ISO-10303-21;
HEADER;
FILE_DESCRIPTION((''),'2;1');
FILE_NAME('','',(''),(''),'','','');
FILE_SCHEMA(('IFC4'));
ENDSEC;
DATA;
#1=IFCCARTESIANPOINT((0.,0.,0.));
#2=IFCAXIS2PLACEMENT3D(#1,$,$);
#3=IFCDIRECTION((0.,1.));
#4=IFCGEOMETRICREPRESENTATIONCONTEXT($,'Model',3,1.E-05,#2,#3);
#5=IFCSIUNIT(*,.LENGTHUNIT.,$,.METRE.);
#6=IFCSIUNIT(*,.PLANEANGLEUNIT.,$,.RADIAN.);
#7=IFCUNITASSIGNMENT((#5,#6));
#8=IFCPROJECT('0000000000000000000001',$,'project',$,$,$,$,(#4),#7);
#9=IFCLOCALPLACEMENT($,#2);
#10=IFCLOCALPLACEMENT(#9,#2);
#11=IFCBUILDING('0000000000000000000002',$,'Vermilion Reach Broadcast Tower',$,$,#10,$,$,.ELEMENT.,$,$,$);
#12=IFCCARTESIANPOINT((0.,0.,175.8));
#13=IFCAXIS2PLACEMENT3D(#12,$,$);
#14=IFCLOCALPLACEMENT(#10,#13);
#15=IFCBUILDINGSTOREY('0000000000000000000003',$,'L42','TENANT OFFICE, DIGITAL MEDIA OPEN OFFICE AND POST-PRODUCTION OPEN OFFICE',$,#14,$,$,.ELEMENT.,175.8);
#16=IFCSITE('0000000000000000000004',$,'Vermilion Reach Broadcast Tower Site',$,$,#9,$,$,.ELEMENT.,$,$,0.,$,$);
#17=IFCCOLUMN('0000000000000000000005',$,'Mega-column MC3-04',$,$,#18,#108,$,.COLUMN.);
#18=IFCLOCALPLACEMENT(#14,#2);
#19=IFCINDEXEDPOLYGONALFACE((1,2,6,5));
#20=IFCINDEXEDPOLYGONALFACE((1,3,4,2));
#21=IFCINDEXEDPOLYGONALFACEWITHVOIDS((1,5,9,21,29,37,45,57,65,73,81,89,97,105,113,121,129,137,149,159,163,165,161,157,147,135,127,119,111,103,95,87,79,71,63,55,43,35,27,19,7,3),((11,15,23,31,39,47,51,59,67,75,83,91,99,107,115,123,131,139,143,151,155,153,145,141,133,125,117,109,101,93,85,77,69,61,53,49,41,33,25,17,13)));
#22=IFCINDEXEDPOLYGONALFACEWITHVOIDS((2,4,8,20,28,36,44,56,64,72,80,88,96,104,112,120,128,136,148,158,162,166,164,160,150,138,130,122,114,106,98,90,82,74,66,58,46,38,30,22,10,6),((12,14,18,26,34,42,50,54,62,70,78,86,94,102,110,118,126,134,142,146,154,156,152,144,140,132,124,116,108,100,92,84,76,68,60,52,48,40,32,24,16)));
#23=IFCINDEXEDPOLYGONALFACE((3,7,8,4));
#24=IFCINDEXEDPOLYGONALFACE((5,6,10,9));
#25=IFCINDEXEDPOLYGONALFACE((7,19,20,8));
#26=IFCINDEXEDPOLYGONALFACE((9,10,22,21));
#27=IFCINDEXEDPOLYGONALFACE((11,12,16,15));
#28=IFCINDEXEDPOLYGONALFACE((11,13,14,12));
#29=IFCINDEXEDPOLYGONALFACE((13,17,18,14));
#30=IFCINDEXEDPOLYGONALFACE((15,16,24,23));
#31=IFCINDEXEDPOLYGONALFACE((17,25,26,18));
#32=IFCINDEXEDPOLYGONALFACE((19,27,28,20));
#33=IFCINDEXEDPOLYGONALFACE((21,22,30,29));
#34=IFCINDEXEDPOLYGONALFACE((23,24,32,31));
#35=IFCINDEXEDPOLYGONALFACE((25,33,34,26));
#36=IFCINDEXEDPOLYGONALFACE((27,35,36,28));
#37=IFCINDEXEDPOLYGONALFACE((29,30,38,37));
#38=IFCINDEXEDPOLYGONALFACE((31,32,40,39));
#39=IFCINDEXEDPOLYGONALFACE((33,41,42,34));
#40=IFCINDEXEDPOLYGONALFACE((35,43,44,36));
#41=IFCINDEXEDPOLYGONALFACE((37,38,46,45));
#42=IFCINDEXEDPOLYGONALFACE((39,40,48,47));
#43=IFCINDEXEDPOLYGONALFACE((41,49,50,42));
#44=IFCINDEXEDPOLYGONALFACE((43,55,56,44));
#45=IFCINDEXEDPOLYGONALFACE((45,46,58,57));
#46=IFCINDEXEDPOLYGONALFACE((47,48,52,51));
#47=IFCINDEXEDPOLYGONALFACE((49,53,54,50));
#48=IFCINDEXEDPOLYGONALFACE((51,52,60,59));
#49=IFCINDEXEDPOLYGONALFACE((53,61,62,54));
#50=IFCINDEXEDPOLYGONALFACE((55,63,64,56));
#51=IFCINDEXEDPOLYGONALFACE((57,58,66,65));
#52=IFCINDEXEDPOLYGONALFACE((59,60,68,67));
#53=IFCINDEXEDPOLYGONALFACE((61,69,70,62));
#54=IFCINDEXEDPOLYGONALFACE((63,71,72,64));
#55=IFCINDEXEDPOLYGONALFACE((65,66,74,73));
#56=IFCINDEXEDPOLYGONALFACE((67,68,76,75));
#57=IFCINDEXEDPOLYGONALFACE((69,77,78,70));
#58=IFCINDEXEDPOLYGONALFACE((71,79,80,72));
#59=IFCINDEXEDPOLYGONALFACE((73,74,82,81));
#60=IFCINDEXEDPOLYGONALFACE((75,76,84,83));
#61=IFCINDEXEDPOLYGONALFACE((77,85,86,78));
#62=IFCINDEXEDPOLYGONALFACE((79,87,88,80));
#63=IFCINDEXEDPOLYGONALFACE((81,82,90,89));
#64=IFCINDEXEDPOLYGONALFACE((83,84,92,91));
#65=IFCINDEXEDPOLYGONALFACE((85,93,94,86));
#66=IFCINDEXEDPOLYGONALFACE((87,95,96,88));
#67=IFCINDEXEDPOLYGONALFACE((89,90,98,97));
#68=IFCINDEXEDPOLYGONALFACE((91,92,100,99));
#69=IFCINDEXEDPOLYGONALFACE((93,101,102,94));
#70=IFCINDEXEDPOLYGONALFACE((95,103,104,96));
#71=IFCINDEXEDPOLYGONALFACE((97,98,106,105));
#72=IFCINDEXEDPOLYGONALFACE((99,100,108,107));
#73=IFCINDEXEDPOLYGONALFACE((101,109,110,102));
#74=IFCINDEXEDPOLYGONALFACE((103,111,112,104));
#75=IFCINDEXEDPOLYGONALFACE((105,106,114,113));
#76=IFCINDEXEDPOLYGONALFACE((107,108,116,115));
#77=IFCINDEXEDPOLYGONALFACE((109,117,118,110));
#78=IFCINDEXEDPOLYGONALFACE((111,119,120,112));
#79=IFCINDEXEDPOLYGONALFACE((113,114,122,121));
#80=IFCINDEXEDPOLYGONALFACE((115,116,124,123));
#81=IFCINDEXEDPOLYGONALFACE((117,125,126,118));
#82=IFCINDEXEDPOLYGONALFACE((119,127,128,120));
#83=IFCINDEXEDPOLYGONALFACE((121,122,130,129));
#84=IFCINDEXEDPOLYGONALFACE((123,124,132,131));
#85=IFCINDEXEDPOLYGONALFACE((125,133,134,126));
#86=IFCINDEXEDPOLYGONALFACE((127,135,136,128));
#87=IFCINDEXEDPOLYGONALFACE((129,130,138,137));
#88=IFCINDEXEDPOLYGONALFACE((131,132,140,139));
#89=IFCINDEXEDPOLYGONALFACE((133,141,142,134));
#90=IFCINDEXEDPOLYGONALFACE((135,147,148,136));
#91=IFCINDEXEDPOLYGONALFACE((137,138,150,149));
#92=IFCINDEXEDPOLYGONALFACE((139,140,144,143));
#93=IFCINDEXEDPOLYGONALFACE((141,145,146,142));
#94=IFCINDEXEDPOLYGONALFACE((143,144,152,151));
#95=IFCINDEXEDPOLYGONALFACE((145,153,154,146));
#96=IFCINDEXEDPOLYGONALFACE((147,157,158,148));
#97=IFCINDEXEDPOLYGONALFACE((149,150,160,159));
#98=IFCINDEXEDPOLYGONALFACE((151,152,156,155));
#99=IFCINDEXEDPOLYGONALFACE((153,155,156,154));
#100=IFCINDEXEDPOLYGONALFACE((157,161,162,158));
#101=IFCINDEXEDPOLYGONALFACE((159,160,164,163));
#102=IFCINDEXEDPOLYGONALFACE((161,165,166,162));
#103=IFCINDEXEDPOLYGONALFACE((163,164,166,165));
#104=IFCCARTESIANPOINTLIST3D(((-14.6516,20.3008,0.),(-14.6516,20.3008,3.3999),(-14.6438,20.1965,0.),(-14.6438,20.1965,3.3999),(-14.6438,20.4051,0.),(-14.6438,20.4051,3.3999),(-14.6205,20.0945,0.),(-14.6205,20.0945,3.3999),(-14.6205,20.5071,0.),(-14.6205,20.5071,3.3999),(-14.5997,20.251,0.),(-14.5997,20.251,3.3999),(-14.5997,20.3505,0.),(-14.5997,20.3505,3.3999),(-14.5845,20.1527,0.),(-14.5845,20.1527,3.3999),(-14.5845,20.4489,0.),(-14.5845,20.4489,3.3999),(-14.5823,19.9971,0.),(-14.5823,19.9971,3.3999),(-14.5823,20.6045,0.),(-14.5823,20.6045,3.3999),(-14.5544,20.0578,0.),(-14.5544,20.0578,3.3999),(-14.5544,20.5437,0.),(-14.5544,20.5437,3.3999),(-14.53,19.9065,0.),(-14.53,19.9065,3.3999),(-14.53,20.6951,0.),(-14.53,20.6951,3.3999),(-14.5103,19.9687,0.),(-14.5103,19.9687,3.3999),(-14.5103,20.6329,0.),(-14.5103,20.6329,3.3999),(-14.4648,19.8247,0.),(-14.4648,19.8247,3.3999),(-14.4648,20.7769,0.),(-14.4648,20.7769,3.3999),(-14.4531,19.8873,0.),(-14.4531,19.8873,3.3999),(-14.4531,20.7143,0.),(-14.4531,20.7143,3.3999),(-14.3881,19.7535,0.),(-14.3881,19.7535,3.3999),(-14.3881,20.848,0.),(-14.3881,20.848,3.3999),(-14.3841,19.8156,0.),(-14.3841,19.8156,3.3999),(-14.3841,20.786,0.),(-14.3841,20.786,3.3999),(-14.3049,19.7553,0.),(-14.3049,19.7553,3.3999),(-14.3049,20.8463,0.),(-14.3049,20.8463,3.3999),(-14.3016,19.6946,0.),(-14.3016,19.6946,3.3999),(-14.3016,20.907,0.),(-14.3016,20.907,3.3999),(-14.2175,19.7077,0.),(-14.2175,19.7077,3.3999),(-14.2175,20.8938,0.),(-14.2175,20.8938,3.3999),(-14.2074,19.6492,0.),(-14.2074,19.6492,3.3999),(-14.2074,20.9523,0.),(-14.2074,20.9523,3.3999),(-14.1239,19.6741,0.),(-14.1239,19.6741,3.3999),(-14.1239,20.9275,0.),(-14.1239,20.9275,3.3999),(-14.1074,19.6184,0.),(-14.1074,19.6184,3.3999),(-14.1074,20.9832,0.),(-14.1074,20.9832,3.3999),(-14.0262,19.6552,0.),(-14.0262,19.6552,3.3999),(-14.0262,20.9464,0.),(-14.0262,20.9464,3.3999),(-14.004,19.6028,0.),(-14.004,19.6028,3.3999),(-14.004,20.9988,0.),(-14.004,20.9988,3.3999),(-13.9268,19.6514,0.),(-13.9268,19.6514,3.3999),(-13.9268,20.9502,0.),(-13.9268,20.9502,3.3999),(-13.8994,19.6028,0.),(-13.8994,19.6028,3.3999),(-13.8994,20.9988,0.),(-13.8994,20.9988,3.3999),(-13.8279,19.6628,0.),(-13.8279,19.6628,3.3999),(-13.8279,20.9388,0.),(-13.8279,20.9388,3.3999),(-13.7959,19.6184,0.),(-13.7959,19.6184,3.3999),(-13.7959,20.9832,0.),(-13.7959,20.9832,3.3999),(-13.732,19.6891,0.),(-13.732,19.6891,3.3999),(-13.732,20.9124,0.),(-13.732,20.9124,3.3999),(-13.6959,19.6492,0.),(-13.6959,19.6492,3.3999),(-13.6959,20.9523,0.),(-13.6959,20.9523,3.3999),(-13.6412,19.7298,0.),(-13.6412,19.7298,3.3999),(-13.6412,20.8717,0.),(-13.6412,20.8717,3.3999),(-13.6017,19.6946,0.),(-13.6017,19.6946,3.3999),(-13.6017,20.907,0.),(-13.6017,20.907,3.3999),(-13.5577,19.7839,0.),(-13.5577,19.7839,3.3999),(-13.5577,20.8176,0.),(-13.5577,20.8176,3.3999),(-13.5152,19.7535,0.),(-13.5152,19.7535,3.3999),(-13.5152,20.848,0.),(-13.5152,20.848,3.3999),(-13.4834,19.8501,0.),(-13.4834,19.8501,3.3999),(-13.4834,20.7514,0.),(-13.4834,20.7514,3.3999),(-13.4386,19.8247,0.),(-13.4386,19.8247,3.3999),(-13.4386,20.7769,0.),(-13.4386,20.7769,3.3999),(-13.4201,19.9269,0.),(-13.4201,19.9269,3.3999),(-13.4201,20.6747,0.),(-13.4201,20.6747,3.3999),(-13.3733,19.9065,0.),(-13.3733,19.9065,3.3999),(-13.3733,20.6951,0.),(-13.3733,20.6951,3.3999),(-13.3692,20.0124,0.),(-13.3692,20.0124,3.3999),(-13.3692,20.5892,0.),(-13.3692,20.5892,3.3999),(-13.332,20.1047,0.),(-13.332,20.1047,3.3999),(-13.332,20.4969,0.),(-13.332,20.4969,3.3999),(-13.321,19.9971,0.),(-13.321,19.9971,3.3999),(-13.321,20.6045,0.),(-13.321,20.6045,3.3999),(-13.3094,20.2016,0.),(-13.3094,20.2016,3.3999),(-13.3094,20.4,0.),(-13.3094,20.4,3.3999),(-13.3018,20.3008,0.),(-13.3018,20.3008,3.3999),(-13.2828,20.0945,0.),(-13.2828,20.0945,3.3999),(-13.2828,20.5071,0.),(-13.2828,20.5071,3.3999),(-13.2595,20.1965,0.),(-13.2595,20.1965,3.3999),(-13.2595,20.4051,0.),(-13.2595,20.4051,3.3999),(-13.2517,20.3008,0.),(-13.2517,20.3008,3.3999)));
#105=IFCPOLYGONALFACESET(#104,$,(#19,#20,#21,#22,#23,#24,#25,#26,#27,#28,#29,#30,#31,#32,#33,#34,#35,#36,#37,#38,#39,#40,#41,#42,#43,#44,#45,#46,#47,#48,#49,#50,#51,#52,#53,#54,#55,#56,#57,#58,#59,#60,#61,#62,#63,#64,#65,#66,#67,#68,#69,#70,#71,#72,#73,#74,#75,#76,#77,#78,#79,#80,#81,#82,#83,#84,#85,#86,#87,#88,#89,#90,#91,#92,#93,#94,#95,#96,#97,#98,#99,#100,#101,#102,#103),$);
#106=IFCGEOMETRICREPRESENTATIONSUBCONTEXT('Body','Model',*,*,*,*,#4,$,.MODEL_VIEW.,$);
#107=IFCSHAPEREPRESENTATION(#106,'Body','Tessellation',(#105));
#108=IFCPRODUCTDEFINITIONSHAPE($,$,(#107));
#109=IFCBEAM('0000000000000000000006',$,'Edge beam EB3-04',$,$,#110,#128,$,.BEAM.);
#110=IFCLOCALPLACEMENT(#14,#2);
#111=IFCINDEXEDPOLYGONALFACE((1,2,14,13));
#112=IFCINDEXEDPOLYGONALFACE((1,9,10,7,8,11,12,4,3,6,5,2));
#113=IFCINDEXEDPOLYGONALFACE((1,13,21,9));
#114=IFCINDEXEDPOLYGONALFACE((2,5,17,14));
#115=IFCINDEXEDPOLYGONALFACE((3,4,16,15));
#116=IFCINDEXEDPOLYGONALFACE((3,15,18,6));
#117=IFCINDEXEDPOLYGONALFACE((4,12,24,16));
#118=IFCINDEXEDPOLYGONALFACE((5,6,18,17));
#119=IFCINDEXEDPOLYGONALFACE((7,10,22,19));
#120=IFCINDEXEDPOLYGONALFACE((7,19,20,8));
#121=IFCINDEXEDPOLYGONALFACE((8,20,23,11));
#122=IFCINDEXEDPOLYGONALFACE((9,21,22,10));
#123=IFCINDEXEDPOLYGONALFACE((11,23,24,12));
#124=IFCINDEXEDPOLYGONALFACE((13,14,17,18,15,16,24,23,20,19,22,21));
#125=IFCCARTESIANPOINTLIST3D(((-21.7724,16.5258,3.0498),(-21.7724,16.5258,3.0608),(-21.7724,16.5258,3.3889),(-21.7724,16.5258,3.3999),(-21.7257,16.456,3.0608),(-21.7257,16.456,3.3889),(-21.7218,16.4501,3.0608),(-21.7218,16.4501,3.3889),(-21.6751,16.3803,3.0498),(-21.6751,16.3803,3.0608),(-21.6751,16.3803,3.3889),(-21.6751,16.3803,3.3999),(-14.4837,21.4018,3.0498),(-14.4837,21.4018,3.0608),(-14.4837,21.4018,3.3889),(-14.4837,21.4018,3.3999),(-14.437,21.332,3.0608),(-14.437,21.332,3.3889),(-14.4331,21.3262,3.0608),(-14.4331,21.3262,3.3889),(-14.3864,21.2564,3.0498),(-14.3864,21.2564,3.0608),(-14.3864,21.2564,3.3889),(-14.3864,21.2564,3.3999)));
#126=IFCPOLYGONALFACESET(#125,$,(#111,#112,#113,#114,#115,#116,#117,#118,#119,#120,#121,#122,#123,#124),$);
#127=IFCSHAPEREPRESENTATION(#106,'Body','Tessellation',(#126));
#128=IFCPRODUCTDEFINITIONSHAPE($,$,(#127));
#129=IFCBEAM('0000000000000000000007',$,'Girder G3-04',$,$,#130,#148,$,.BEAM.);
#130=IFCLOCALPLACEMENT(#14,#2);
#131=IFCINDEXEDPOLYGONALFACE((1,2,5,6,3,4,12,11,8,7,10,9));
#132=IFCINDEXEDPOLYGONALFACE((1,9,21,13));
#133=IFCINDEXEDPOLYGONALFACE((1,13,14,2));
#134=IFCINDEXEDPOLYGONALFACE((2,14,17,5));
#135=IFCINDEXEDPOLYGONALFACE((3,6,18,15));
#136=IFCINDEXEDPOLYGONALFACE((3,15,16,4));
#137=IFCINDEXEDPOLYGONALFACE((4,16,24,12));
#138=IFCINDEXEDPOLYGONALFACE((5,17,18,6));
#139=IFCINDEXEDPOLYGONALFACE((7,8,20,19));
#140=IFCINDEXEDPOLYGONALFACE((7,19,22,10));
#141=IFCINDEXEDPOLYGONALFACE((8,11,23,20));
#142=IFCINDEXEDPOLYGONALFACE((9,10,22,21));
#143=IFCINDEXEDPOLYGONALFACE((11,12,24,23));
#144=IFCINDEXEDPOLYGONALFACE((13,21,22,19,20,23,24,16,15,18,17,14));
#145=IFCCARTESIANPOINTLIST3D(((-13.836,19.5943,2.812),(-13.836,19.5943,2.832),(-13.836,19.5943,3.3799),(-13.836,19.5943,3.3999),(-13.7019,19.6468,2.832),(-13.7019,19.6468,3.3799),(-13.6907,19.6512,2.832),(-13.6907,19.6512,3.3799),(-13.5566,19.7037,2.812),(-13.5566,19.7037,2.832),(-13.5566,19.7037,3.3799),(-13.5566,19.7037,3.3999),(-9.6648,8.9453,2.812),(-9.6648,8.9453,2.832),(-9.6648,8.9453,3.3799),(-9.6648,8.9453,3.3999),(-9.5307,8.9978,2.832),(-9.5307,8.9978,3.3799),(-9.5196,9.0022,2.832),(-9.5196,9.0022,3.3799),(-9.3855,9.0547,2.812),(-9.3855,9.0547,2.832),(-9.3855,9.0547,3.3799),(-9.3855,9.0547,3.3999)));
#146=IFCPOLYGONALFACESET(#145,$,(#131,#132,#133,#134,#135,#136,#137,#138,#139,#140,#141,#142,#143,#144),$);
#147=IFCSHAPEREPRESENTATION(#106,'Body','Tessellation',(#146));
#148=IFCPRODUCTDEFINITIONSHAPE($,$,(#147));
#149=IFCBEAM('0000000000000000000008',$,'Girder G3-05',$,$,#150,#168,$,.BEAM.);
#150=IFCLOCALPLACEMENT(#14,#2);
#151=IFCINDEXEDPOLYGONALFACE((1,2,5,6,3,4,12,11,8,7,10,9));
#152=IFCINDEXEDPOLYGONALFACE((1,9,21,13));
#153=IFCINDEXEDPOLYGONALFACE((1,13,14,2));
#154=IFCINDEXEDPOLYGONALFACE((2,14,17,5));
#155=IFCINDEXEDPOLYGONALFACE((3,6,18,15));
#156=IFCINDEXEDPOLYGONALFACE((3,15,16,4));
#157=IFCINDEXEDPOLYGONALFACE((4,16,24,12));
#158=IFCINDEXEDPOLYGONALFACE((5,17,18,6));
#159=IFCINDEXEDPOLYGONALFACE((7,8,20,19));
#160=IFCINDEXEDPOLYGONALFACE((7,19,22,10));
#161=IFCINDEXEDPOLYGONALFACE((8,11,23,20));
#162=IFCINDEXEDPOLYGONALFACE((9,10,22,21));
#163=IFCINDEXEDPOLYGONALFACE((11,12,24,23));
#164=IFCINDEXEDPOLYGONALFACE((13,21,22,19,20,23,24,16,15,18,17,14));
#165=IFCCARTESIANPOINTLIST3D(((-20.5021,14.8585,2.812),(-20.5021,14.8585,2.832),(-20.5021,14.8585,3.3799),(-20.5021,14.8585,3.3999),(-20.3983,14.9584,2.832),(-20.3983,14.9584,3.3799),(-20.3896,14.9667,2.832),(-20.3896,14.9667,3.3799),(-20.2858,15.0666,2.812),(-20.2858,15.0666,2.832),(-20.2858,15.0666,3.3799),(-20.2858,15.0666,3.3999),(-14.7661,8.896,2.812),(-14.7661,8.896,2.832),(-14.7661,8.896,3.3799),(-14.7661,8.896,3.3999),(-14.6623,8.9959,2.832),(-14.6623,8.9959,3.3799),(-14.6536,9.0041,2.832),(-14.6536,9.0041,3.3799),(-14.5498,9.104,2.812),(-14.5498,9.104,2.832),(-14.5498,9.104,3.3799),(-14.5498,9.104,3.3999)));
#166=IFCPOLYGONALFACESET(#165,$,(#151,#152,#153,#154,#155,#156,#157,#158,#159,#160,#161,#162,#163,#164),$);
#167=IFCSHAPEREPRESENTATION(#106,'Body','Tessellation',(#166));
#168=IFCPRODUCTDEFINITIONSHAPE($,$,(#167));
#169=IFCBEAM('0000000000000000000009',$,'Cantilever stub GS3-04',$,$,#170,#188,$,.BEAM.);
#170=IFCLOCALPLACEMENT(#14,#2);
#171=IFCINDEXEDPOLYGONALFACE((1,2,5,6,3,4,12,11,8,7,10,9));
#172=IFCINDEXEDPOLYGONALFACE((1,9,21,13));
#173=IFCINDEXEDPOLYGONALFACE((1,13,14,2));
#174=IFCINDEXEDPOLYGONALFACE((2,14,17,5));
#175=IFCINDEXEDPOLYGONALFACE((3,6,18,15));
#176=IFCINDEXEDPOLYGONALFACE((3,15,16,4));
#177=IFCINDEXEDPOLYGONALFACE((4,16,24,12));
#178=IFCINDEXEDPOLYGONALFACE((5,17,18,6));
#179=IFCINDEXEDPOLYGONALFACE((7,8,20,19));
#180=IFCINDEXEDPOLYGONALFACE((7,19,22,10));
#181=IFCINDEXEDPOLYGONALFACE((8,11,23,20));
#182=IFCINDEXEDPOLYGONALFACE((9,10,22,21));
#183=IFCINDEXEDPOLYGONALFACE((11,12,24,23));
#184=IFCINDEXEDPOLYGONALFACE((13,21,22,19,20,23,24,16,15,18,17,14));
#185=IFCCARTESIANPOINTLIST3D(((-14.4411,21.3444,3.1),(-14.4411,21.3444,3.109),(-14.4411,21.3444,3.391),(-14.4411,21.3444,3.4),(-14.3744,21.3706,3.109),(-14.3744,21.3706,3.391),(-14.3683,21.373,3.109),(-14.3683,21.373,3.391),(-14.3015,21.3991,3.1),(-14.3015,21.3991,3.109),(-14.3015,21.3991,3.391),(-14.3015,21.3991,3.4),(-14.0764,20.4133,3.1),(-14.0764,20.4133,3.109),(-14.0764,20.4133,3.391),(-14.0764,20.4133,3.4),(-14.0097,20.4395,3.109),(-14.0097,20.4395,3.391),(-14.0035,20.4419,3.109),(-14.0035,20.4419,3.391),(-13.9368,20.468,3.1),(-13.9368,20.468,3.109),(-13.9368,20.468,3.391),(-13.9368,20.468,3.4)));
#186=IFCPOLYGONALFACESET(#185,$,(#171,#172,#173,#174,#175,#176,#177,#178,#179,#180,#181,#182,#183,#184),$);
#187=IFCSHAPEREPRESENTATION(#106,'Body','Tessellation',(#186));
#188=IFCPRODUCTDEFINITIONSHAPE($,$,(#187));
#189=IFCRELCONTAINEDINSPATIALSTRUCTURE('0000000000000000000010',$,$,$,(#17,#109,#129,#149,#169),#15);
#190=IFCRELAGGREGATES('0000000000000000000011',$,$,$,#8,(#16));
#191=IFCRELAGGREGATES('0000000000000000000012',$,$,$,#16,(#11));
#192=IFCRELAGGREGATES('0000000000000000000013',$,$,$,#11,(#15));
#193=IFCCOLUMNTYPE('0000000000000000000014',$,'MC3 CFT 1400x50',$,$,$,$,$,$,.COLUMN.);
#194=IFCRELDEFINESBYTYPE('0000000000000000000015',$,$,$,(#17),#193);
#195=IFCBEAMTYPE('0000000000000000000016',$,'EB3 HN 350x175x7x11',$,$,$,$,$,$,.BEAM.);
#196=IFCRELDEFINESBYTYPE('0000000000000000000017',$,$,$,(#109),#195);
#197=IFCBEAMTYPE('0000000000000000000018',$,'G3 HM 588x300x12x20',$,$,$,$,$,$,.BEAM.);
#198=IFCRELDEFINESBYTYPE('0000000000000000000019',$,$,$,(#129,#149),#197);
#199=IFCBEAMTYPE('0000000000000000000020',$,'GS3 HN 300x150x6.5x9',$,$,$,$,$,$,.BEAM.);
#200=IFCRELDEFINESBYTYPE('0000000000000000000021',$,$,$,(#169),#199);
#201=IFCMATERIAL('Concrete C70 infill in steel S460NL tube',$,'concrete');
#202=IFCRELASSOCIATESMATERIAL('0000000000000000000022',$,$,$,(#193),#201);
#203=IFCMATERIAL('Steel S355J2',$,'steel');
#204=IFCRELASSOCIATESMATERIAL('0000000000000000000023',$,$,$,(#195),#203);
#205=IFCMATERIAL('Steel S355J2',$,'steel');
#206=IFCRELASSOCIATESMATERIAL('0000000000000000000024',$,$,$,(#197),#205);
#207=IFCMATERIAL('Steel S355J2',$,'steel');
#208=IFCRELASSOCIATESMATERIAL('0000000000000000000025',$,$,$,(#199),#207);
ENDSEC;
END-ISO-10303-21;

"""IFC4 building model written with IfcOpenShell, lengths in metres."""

from ifc_helpers import new_model, si_unit, direction, frame, origin, origin_2d, place, context, subcontext, project, spatial, hollow_circle, i_section, extrude, material, material_profile, profile_set, type_object, element, save


model = new_model("IFC4")

# Units and contexts
model_context = context("Model", 3, precision=1e-05, world=origin(), true_north=direction((0.0, 1.0)))
body_context = subcontext(model_context, "Body", "Model", "MODEL_VIEW")
ifc_project = project(units=[si_unit("LENGTHUNIT", "METRE"), si_unit("PLANEANGLEUNIT", "RADIAN")], contexts=[model_context])

# Site, building, storey
site_placement = place(None, origin())
site = spatial("IfcSite", under=ifc_project, at=site_placement, Name="Vermilion Reach Broadcast Tower Site", CompositionType="ELEMENT", RefElevation=0.0)
building_placement = place(site_placement, origin())
building = spatial("IfcBuilding", under=site, at=building_placement, Name="Vermilion Reach Broadcast Tower", CompositionType="ELEMENT")
storey_placement = place(building_placement, frame((0.0, 0.0, 175.8)))
storey = spatial("IfcBuildingStorey", under=building, at=storey_placement, Name="L42", Description="TENANT OFFICE, DIGITAL MEDIA OPEN OFFICE AND POST-PRODUCTION OPEN OFFICE", CompositionType="ELEMENT", Elevation=175.8)

# Column
ifc_material_1 = material(Name="Concrete C70 infill in steel S460NL tube", Category="concrete")
ifc_material_profile_1 = material_profile(ifc_material_1, hollow_circle(Radius=0.7, WallThickness=0.05, at=origin_2d()), Name="Concrete C70 infill in steel S460NL tube CFT 1400x50")
ifc_profile_set_1 = profile_set([ifc_material_profile_1], Name="Concrete C70 infill in steel S460NL tube")
column_type = type_object("IfcColumnType", Name="MC3 CFT 1400x50", PredefinedType="COLUMN", material=ifc_profile_set_1)
column_placement = place(storey_placement, frame((-13.9517, 20.3008, 0.0), z_axis=(0.0, 0.0, 1.0), x_axis=(1.0, 0.0, 0.0)))
element("IfcColumn", 1, at=column_placement, inside=storey, type_object=column_type, Name="Mega-column MC3-04", PredefinedType="COLUMN", context=body_context, shape_type="SweptSolid", body=[
    extrude(hollow_circle(Radius=0.7, WallThickness=0.05, at=origin_2d()), origin(), (0.0, 0.0, 1.0), 3.3999),
])

# Beams
ifc_material_2 = material(Name="Steel S355J2", Category="steel")
ifc_material_profile_2 = material_profile(ifc_material_2, i_section(OverallWidth=0.175, OverallDepth=0.3501, WebThickness=0.0071, FlangeThickness=0.011, at=origin_2d()), Name="S355J2 HN 350x175x7x11")
ifc_profile_set_2 = profile_set([ifc_material_profile_2], Name="Steel S355J2")
beam_type_1 = type_object("IfcBeamType", Name="EB3 HN 350x175x7x11", PredefinedType="BEAM", material=ifc_profile_set_2)
beam_1_placement = place(storey_placement, frame((-14.4351, 21.3291, 3.2249), z_axis=(-0.831158, -0.556036, 0.0), x_axis=(0.556036, -0.831158, 0.0)))
element("IfcBeam", 2, at=beam_1_placement, inside=storey, type_object=beam_type_1, Name="Edge beam EB3-04", PredefinedType="BEAM", context=body_context, shape_type="SweptSolid", body=[
    extrude(i_section(OverallWidth=0.175, OverallDepth=0.3501, WebThickness=0.0071, FlangeThickness=0.011, at=origin_2d()), origin(), (0.0, 0.0, 1.0), 8.7693),
])
ifc_material_3 = material(Name="Steel S355J2", Category="steel")
ifc_material_profile_3 = material_profile(ifc_material_3, i_section(OverallWidth=0.3, OverallDepth=0.5879, WebThickness=0.012, FlangeThickness=0.02, at=origin_2d()), Name="S355J2 HM 588x300x12x20")
ifc_profile_set_3 = profile_set([ifc_material_profile_3], Name="Steel S355J2")
beam_type_2 = type_object("IfcBeamType", Name="G3 HM 588x300x12x20", PredefinedType="BEAM", material=ifc_profile_set_3)
beam_2_placement = place(storey_placement, frame((-9.5251, 9.0, 3.106), z_axis=(-0.364716, 0.931119, 0.0), x_axis=(-0.931119, -0.364716, 0.0)))
element("IfcBeam", 3, at=beam_2_placement, inside=storey, type_object=beam_type_2, Name="Girder G3-04", PredefinedType="BEAM", context=body_context, shape_type="SweptSolid", body=[
    extrude(i_section(OverallWidth=0.3, OverallDepth=0.5879, WebThickness=0.012, FlangeThickness=0.02, at=origin_2d()), origin(), (0.0, 0.0, 1.0), 11.4368),
])
beam_3_placement = place(storey_placement, frame((-14.658, 9.0, 3.106), z_axis=(-0.693283, 0.720666, 0.0), x_axis=(-0.720666, -0.693283, 0.0)))
element("IfcBeam", 4, at=beam_3_placement, inside=storey, type_object=beam_type_2, Name="Girder G3-05", PredefinedType="BEAM", context=body_context, shape_type="SweptSolid", body=[
    extrude(i_section(OverallWidth=0.3, OverallDepth=0.5879, WebThickness=0.012, FlangeThickness=0.02, at=origin_2d()), origin(), (0.0, 0.0, 1.0), 8.2737),
])
ifc_material_4 = material(Name="Steel S355J2", Category="steel")
ifc_material_profile_4 = material_profile(ifc_material_4, i_section(OverallWidth=0.1499, OverallDepth=0.3, WebThickness=0.0066, FlangeThickness=0.009, at=origin_2d()), Name="S355J2 HN 300x150x6.5x9")
ifc_profile_set_4 = profile_set([ifc_material_profile_4], Name="Steel S355J2")
beam_type_3 = type_object("IfcBeamType", Name="GS3 HN 300x150x6.5x9", PredefinedType="BEAM", material=ifc_profile_set_4)
beam_4_placement = place(storey_placement, frame((-14.0066, 20.4407, 3.25), z_axis=(-0.364731, 0.931113, 0.0), x_axis=(-0.931113, -0.364731, 0.0)))
element("IfcBeam", 5, at=beam_4_placement, inside=storey, type_object=beam_type_3, Name="Cantilever stub GS3-04", PredefinedType="BEAM", context=body_context, shape_type="SweptSolid", body=[
    extrude(i_section(OverallWidth=0.1499, OverallDepth=0.3, WebThickness=0.0066, FlangeThickness=0.009, at=origin_2d()), origin(), (0.0, 0.0, 1.0), 1.0),
])

save(model, "model.ifc")
